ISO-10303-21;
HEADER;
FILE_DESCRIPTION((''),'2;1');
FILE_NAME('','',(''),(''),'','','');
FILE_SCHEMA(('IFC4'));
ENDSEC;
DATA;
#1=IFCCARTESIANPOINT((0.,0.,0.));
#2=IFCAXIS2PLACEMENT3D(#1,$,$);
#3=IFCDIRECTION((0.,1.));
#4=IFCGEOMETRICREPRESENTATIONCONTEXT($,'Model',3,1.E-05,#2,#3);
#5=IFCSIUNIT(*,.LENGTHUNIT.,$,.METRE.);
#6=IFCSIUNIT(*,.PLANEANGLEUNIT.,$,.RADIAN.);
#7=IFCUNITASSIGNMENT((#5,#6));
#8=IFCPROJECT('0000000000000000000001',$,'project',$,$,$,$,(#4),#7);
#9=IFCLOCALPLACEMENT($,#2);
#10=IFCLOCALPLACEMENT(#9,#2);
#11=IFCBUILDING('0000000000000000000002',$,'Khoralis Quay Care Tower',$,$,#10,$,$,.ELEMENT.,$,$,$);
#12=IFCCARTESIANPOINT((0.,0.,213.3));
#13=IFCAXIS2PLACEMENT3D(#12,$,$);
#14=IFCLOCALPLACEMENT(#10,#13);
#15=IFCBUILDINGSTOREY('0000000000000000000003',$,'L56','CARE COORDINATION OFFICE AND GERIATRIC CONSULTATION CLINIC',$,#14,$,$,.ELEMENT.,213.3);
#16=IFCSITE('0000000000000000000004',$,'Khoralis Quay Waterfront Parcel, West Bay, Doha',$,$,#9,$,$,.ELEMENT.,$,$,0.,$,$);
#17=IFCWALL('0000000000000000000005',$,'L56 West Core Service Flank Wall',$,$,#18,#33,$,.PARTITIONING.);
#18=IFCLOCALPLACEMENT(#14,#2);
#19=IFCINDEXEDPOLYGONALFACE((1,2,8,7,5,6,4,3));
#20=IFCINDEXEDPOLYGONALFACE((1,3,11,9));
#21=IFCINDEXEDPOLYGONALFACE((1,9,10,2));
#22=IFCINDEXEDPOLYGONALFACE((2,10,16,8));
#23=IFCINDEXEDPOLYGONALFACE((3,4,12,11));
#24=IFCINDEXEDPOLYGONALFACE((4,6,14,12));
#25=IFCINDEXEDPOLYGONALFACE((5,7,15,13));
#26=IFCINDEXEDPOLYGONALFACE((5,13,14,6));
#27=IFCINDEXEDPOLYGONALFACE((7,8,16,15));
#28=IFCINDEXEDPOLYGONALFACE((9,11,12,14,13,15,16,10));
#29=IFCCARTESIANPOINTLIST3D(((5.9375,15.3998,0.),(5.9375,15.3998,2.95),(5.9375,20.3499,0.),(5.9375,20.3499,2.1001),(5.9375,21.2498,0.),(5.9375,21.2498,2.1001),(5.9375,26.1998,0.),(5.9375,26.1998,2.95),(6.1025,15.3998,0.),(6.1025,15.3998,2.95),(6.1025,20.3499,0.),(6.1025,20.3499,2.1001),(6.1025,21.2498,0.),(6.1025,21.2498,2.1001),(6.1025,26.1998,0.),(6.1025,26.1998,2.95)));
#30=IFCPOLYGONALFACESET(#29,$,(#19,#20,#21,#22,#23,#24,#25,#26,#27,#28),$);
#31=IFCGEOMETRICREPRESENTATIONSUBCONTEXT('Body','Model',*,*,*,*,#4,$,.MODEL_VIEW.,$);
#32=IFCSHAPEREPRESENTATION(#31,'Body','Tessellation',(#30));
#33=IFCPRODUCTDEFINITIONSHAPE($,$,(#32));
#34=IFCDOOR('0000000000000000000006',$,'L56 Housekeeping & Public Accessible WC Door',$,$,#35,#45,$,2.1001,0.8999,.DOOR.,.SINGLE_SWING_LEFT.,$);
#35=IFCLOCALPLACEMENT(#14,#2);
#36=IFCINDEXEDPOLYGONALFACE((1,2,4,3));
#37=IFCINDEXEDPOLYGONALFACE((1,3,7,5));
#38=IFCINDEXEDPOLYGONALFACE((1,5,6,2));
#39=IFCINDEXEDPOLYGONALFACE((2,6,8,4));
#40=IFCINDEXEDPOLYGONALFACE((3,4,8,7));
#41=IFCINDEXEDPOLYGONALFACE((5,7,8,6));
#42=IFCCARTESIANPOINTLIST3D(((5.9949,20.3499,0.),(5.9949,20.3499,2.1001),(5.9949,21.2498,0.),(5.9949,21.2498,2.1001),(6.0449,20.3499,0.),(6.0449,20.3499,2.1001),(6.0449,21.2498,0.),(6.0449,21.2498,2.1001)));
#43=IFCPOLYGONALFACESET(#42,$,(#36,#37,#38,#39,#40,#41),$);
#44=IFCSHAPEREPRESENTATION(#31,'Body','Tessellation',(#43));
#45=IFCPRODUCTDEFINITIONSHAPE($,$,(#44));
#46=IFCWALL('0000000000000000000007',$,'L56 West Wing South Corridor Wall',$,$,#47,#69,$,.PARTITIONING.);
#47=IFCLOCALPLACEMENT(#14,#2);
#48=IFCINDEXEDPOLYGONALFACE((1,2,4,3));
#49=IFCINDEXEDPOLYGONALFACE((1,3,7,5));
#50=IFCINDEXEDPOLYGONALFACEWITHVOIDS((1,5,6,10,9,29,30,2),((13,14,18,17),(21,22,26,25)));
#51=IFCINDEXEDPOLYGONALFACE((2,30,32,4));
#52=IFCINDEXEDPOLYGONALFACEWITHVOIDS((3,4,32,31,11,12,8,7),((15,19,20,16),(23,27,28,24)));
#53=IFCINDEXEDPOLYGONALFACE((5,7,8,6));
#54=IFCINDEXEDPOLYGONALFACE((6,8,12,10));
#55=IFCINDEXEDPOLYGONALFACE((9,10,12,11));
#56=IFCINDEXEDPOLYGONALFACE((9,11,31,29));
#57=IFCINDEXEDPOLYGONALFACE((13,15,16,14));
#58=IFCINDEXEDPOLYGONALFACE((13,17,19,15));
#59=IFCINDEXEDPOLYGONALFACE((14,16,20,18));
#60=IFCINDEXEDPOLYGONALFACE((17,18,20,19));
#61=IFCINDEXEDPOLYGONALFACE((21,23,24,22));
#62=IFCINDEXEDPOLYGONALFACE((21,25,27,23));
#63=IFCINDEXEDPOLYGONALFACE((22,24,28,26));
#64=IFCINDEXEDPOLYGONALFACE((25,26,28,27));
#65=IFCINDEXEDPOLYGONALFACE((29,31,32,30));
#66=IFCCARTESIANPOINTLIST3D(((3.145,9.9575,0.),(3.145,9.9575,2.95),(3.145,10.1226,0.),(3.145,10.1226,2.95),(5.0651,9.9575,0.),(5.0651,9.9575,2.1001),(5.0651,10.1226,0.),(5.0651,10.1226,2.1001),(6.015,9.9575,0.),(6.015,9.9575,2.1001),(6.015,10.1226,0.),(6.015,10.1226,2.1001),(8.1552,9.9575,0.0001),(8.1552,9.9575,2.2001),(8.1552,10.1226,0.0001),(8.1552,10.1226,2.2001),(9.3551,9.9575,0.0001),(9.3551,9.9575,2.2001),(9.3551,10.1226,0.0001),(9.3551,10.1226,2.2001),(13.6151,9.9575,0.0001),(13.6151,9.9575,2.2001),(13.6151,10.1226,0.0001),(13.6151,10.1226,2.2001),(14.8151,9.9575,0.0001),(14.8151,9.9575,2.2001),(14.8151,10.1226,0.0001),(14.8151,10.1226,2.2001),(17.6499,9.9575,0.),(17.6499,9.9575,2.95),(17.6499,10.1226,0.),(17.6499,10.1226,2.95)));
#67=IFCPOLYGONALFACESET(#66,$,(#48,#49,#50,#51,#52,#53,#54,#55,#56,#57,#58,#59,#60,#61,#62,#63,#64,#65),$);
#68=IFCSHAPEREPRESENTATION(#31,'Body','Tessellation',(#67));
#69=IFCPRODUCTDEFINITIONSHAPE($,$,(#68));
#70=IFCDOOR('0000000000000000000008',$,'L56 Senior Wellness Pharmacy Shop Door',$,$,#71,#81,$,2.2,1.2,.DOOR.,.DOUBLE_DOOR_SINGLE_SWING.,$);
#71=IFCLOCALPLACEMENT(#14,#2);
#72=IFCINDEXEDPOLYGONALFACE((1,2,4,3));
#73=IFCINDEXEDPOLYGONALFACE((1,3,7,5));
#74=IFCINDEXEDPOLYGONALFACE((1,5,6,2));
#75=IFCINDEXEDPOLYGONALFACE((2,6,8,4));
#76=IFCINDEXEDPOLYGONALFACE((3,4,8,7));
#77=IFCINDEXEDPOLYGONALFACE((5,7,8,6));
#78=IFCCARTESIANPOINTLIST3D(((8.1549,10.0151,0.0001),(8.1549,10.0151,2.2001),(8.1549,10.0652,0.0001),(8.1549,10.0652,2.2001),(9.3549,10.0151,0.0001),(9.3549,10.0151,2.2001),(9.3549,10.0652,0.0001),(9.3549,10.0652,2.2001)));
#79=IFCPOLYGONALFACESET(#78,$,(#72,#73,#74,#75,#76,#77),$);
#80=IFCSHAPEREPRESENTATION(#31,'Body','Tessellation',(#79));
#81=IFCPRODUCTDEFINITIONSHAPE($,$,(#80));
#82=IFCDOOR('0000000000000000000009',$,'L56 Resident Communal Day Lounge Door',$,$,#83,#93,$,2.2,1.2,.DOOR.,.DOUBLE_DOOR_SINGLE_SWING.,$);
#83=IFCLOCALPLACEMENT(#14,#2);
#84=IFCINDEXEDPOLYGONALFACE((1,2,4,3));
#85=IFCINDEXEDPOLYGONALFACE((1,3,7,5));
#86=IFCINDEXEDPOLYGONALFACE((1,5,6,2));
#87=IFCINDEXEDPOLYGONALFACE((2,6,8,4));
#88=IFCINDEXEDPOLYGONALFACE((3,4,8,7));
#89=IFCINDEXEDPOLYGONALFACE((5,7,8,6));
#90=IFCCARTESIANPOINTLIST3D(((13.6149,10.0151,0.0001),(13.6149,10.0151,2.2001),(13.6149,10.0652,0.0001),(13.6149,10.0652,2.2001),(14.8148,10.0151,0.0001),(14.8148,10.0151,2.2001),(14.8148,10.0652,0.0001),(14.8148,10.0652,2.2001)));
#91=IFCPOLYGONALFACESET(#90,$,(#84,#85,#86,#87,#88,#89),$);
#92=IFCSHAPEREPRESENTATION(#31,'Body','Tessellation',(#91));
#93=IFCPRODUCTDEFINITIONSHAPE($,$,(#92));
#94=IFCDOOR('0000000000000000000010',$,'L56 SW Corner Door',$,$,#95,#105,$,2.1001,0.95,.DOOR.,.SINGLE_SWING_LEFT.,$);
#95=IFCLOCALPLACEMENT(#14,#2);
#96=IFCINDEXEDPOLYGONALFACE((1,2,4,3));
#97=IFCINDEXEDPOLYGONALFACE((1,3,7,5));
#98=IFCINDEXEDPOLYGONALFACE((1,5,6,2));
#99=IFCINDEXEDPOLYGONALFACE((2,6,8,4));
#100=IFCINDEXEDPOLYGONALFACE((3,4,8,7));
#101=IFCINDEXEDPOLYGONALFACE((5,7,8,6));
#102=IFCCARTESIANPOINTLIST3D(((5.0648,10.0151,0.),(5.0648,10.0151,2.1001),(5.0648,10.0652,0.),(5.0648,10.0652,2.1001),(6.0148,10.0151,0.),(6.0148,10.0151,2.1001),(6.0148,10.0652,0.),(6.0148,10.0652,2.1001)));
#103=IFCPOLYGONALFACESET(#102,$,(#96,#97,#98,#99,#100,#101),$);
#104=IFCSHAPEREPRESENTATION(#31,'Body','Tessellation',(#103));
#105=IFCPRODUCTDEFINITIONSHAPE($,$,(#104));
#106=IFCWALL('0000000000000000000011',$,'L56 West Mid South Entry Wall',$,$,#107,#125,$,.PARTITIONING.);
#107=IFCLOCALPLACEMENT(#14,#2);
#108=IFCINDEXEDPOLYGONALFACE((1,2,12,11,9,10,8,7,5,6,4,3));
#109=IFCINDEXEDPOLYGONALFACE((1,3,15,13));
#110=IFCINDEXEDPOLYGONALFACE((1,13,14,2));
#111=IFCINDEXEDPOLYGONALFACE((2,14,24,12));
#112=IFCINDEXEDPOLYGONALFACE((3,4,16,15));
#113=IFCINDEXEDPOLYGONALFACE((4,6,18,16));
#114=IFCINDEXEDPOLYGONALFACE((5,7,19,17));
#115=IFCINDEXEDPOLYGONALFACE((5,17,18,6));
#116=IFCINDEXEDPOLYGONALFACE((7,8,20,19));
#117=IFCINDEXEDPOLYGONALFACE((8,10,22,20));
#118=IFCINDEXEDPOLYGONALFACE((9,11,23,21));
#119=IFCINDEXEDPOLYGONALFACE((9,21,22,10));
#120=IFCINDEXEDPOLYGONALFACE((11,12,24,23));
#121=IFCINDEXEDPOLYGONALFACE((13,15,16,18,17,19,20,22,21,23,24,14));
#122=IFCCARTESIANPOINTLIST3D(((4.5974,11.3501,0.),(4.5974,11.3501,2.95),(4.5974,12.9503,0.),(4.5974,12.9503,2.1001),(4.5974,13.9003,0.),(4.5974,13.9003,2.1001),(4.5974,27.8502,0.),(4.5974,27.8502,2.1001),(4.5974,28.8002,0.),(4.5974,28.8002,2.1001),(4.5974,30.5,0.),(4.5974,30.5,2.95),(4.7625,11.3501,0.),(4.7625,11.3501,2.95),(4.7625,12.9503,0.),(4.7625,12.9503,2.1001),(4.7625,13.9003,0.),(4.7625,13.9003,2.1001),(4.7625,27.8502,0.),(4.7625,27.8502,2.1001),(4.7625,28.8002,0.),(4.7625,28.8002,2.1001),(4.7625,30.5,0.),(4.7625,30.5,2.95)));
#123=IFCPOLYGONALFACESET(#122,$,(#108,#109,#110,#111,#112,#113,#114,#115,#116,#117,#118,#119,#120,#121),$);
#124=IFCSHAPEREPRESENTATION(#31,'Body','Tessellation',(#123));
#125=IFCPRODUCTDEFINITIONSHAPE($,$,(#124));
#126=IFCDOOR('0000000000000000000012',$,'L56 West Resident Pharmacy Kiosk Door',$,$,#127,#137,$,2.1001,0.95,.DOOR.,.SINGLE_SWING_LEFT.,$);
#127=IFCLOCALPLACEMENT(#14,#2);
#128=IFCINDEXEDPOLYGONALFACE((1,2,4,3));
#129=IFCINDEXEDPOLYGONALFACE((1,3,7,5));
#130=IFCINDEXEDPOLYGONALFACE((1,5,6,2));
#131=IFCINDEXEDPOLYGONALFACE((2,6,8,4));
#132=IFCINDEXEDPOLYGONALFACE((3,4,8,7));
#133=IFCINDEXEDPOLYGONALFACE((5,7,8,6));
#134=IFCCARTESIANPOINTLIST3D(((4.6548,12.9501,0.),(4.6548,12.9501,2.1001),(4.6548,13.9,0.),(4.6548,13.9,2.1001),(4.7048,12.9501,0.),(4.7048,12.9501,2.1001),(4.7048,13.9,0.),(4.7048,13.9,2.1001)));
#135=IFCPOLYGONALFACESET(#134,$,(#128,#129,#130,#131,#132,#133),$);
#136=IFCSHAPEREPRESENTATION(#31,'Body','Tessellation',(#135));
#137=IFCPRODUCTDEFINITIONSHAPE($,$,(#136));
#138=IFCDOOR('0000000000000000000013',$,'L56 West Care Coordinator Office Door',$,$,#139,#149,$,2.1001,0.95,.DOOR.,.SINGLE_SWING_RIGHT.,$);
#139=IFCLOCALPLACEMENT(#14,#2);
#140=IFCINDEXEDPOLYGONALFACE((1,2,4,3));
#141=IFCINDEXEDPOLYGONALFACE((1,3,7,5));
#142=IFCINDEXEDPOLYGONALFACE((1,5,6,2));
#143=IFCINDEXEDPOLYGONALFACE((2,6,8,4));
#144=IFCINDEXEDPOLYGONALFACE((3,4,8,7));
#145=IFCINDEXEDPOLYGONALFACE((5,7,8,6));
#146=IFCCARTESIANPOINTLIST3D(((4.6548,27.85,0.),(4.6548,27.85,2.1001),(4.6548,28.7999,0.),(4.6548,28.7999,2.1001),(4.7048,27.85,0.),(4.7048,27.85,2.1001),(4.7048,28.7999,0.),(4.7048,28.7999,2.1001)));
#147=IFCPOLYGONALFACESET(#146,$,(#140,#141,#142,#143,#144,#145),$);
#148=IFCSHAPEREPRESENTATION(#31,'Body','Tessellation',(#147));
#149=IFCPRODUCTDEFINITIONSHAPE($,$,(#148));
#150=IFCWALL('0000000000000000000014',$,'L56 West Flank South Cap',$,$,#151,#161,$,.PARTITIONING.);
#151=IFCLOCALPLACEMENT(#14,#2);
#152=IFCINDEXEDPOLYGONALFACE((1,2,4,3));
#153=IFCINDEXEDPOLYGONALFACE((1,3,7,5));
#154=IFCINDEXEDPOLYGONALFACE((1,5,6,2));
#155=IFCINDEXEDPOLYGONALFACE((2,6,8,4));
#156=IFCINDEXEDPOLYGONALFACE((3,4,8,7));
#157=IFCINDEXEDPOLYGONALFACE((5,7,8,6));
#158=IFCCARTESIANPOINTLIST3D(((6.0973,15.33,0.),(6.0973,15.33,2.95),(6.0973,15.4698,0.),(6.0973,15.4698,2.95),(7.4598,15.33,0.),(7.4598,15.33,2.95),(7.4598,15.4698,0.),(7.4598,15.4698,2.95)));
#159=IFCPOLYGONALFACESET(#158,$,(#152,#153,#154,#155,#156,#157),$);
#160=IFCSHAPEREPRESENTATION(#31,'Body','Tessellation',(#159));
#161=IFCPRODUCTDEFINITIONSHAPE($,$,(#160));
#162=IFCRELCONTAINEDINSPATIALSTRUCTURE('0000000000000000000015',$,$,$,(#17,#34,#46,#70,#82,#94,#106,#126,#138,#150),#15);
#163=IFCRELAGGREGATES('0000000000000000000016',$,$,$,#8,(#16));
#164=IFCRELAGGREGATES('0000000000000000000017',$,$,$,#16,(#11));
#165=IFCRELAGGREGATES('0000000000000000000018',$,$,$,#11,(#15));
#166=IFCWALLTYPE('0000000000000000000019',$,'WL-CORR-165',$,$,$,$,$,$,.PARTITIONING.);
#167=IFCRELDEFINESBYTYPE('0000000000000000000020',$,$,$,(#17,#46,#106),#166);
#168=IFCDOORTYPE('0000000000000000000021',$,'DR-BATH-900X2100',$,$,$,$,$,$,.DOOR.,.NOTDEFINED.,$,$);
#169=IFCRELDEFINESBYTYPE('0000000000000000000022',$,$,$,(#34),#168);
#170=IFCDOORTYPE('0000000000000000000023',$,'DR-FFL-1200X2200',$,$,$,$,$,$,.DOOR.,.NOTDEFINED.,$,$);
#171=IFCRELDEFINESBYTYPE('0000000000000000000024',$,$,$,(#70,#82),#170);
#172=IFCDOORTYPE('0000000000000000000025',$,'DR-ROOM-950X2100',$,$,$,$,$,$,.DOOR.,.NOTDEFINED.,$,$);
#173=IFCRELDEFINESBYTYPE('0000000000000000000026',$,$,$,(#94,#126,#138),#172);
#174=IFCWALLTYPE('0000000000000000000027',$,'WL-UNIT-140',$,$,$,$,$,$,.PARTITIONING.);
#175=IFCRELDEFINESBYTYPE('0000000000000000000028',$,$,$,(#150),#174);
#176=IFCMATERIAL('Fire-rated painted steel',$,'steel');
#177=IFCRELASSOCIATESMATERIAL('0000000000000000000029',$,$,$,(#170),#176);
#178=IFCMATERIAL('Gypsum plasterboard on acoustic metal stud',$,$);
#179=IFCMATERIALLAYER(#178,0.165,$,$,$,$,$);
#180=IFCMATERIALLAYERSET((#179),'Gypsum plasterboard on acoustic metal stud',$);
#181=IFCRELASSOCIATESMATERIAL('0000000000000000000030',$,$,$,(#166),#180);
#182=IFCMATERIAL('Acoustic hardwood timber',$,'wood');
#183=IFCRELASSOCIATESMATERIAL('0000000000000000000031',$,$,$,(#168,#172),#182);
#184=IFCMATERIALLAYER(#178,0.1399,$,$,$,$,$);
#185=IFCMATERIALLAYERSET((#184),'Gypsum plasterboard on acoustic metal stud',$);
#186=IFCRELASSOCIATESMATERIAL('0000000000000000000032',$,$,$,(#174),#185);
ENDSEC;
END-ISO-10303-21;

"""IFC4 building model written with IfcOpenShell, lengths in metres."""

from ifc_helpers import new_model, si_unit, direction, frame, frame_2d, origin, place, context, subcontext, project, spatial, rectangle, extrude, source, transform, mapped, material, layer, layer_set, type_object, element, fill, save


model = new_model("IFC4")

# Units and contexts
model_context = context("Model", 3, precision=1e-05, world=origin(), true_north=direction((0.0, 1.0)))
body_context = subcontext(model_context, "Body", "Model", "MODEL_VIEW")
ifc_project = project(units=[si_unit("LENGTHUNIT", "METRE"), si_unit("PLANEANGLEUNIT", "RADIAN")], contexts=[model_context])

# Site, building, storey
site_placement = place(None, origin())
site = spatial("IfcSite", under=ifc_project, at=site_placement, Name="Khoralis Quay Waterfront Parcel, West Bay, Doha", CompositionType="ELEMENT", RefElevation=0.0)
building_placement = place(site_placement, origin())
building = spatial("IfcBuilding", under=site, at=building_placement, Name="Khoralis Quay Care Tower", CompositionType="ELEMENT")
storey_placement = place(building_placement, frame((0.0, 0.0, 213.3)))
storey = spatial("IfcBuildingStorey", under=building, at=storey_placement, Name="L56", Description="CARE COORDINATION OFFICE AND GERIATRIC CONSULTATION CLINIC", CompositionType="ELEMENT", Elevation=213.3)

# Shared definitions
ifc_material_1 = material(Name="Gypsum plasterboard on acoustic metal stud")
ifc_material_2 = material(Name="Fire-rated painted steel", Category="steel")
door_type_1 = type_object("IfcDoorType", Name="DR-FFL-1200X2200", OperationType="NOTDEFINED", PredefinedType="DOOR", material=ifc_material_2)
shared_shape_1 = source(origin(), body_context, "Body", "SweptSolid", [
    extrude(rectangle(XDim=1.2, YDim=2.2, at=frame_2d((0.6001, 1.1001))), frame((0.0, 0.0249, 0.0), z_axis=(0.0, -1.0, 0.0), x_axis=(1.0, 0.0, 0.0)), (0.0, 0.0, 1.0), 0.05),
])

# Wall, opening, door
ifc_layer_1 = layer(ifc_material_1, 0.165)
ifc_layer_set_1 = layer_set([ifc_layer_1], Name="Gypsum plasterboard on acoustic metal stud")
wall_type_1 = type_object("IfcWallType", Name="WL-CORR-165", PredefinedType="PARTITIONING", material=ifc_layer_set_1)
wall_1_placement = place(storey_placement, frame((6.02, 15.3999, 0.0), z_axis=(0.0, 0.0, 1.0), x_axis=(0.0, 1.0, 0.0)))
wall_1 = element("IfcWall", 1, at=wall_1_placement, inside=storey, type_object=wall_type_1, Name="L56 West Core Service Flank Wall", PredefinedType="PARTITIONING", context=body_context, shape_type="SweptSolid", body=[
    extrude(rectangle(XDim=10.8, YDim=0.165, at=frame_2d((5.3999, 0.0))), origin(), (0.0, 0.0, 1.0), 2.95),
])
opening_1_placement = place(wall_1_placement, frame((4.95, 0.0, 0.0)))
opening_1 = element("IfcOpeningElement", 2, at=opening_1_placement, cuts=wall_1, PredefinedType="OPENING", context=body_context, shape_type="SweptSolid", body=[
    extrude(rectangle(XDim=0.8999, YDim=2.1001, at=frame_2d((0.45, 1.05))), frame((0.0, 0.0925, 0.0), z_axis=(0.0, -1.0, 0.0), x_axis=(1.0, 0.0, 0.0)), (0.0, 0.0, 1.0), 0.1851),
])
ifc_material_3 = material(Name="Acoustic hardwood timber", Category="wood")
door_type_2 = type_object("IfcDoorType", Name="DR-BATH-900X2100", OperationType="NOTDEFINED", PredefinedType="DOOR", material=ifc_material_3)
shared_shape_2 = source(origin(), body_context, "Body", "SweptSolid", [
    extrude(rectangle(XDim=0.8999, YDim=2.1001, at=frame_2d((0.45, 1.05))), frame((0.0, 0.0249, 0.0), z_axis=(0.0, -1.0, 0.0), x_axis=(1.0, 0.0, 0.0)), (0.0, 0.0, 1.0), 0.05),
])
door_1_placement = place(opening_1_placement, frame((0.8999, 0.0, 0.0), z_axis=(0.0, 0.0, 1.0), x_axis=(-1.0, 0.0, 0.0)))
door_1 = element("IfcDoor", 3, at=door_1_placement, inside=storey, type_object=door_type_2, Name="L56 Housekeeping & Public Accessible WC Door", OperationType="SINGLE_SWING_LEFT", OverallHeight=2.1001, OverallWidth=0.8999, PredefinedType="DOOR", context=body_context, shape_type="MappedRepresentation", body=[
    mapped(shared_shape_2, transform((0.0, 0.0, 0.0), scale=1.0)),
])
fill(opening_1, door_1)

# Walls, openings, doors
wall_2_placement = place(storey_placement, frame((3.145, 10.04, 0.0), z_axis=(0.0, 0.0, 1.0), x_axis=(1.0, 0.0, 0.0)))
wall_2 = element("IfcWall", 4, at=wall_2_placement, inside=storey, type_object=wall_type_1, Name="L56 West Wing South Corridor Wall", PredefinedType="PARTITIONING", context=body_context, shape_type="SweptSolid", body=[
    extrude(rectangle(XDim=14.5049, YDim=0.165, at=frame_2d((7.2524, 0.0))), origin(), (0.0, 0.0, 1.0), 2.95),
])
opening_2_placement = place(wall_2_placement, frame((5.01, 0.0, 0.0)))
opening_2 = element("IfcOpeningElement", 5, at=opening_2_placement, cuts=wall_2, PredefinedType="OPENING", context=body_context, shape_type="SweptSolid", body=[
    extrude(rectangle(XDim=1.2, YDim=2.2, at=frame_2d((0.6001, 1.1001))), frame((0.0, 0.0925, 0.0), z_axis=(0.0, -1.0, 0.0), x_axis=(1.0, 0.0, 0.0)), (0.0, 0.0, 1.0), 0.1851),
])
opening_3_placement = place(wall_2_placement, frame((10.47, 0.0, 0.0)))
opening_3 = element("IfcOpeningElement", 6, at=opening_3_placement, cuts=wall_2, PredefinedType="OPENING", context=body_context, shape_type="SweptSolid", body=[
    extrude(rectangle(XDim=1.2, YDim=2.2, at=frame_2d((0.6001, 1.1001))), frame((0.0, 0.0925, 0.0), z_axis=(0.0, -1.0, 0.0), x_axis=(1.0, 0.0, 0.0)), (0.0, 0.0, 1.0), 0.1851),
])
opening_4_placement = place(wall_2_placement, frame((1.9199, 0.0, 0.0)))
opening_4 = element("IfcOpeningElement", 7, at=opening_4_placement, cuts=wall_2, PredefinedType="OPENING", context=body_context, shape_type="SweptSolid", body=[
    extrude(rectangle(XDim=0.95, YDim=2.1001, at=frame_2d((0.4751, 1.05))), frame((0.0, 0.0925, 0.0), z_axis=(0.0, -1.0, 0.0), x_axis=(1.0, 0.0, 0.0)), (0.0, 0.0, 1.0), 0.1851),
])
door_2_placement = place(opening_2_placement, frame((1.2, 0.0, 0.0), z_axis=(0.0, 0.0, 1.0), x_axis=(-1.0, 0.0, 0.0)))
door_2 = element("IfcDoor", 8, at=door_2_placement, inside=storey, type_object=door_type_1, Name="L56 Senior Wellness Pharmacy Shop Door", OperationType="DOUBLE_DOOR_SINGLE_SWING", OverallHeight=2.2, OverallWidth=1.2, PredefinedType="DOOR", context=body_context, shape_type="MappedRepresentation", body=[
    mapped(shared_shape_1, transform((0.0, 0.0, 0.0), scale=1.0)),
])
fill(opening_2, door_2)
door_3_placement = place(opening_3_placement, frame((1.2, 0.0, 0.0), z_axis=(0.0, 0.0, 1.0), x_axis=(-1.0, 0.0, 0.0)))
door_3 = element("IfcDoor", 9, at=door_3_placement, inside=storey, type_object=door_type_1, Name="L56 Resident Communal Day Lounge Door", OperationType="DOUBLE_DOOR_SINGLE_SWING", OverallHeight=2.2, OverallWidth=1.2, PredefinedType="DOOR", context=body_context, shape_type="MappedRepresentation", body=[
    mapped(shared_shape_1, transform((0.0, 0.0, 0.0), scale=1.0)),
])
fill(opening_3, door_3)
door_type_3 = type_object("IfcDoorType", Name="DR-ROOM-950X2100", OperationType="NOTDEFINED", PredefinedType="DOOR", material=ifc_material_3)
shared_shape_3 = source(origin(), body_context, "Body", "SweptSolid", [
    extrude(rectangle(XDim=0.95, YDim=2.1001, at=frame_2d((0.4751, 1.05))), frame((0.0, 0.0249, 0.0), z_axis=(0.0, -1.0, 0.0), x_axis=(1.0, 0.0, 0.0)), (0.0, 0.0, 1.0), 0.05),
])
door_4_placement = place(opening_4_placement, frame((0.95, 0.0, 0.0), z_axis=(0.0, 0.0, 1.0), x_axis=(-1.0, 0.0, 0.0)))
door_4 = element("IfcDoor", 10, at=door_4_placement, inside=storey, type_object=door_type_3, Name="L56 SW Corner Door", OperationType="SINGLE_SWING_LEFT", OverallHeight=2.1001, OverallWidth=0.95, PredefinedType="DOOR", context=body_context, shape_type="MappedRepresentation", body=[
    mapped(shared_shape_3, transform((0.0, 0.0, 0.0), scale=1.0)),
])
fill(opening_4, door_4)
wall_3_placement = place(storey_placement, frame((4.6799, 11.3501, 0.0), z_axis=(0.0, 0.0, 1.0), x_axis=(0.0, 1.0, 0.0)))
wall_3 = element("IfcWall", 11, at=wall_3_placement, inside=storey, type_object=wall_type_1, Name="L56 West Mid South Entry Wall", PredefinedType="PARTITIONING", context=body_context, shape_type="SweptSolid", body=[
    extrude(rectangle(XDim=19.1499, YDim=0.165, at=frame_2d((9.575, 0.0))), origin(), (0.0, 0.0, 1.0), 2.95),
])
opening_5_placement = place(wall_3_placement, frame((1.6001, 0.0, 0.0)))
opening_5 = element("IfcOpeningElement", 12, at=opening_5_placement, cuts=wall_3, PredefinedType="OPENING", context=body_context, shape_type="SweptSolid", body=[
    extrude(rectangle(XDim=0.95, YDim=2.1001, at=frame_2d((0.4751, 1.05))), frame((0.0, 0.0925, 0.0), z_axis=(0.0, -1.0, 0.0), x_axis=(1.0, 0.0, 0.0)), (0.0, 0.0, 1.0), 0.1851),
])
opening_6_placement = place(wall_3_placement, frame((16.5, 0.0, 0.0)))
opening_6 = element("IfcOpeningElement", 13, at=opening_6_placement, cuts=wall_3, PredefinedType="OPENING", context=body_context, shape_type="SweptSolid", body=[
    extrude(rectangle(XDim=0.95, YDim=2.1001, at=frame_2d((0.4751, 1.05))), frame((0.0, 0.0925, 0.0), z_axis=(0.0, -1.0, 0.0), x_axis=(1.0, 0.0, 0.0)), (0.0, 0.0, 1.0), 0.1851),
])
door_5_placement = place(opening_5_placement, frame((0.95, 0.0, 0.0), z_axis=(0.0, 0.0, 1.0), x_axis=(-1.0, 0.0, 0.0)))
door_5 = element("IfcDoor", 14, at=door_5_placement, inside=storey, type_object=door_type_3, Name="L56 West Resident Pharmacy Kiosk Door", OperationType="SINGLE_SWING_LEFT", OverallHeight=2.1001, OverallWidth=0.95, PredefinedType="DOOR", context=body_context, shape_type="MappedRepresentation", body=[
    mapped(shared_shape_3, transform((0.0, 0.0, 0.0), scale=1.0)),
])
fill(opening_5, door_5)
door_6_placement = place(opening_6_placement, frame((0.95, 0.0, 0.0), z_axis=(0.0, 0.0, 1.0), x_axis=(-1.0, 0.0, 0.0)))
door_6 = element("IfcDoor", 15, at=door_6_placement, inside=storey, type_object=door_type_3, Name="L56 West Care Coordinator Office Door", OperationType="SINGLE_SWING_RIGHT", OverallHeight=2.1001, OverallWidth=0.95, PredefinedType="DOOR", context=body_context, shape_type="MappedRepresentation", body=[
    mapped(shared_shape_3, transform((0.0, 0.0, 0.0), scale=1.0)),
])
fill(opening_6, door_6)

# Wall
ifc_layer_2 = layer(ifc_material_1, 0.1399)
ifc_layer_set_2 = layer_set([ifc_layer_2], Name="Gypsum plasterboard on acoustic metal stud")
wall_type_2 = type_object("IfcWallType", Name="WL-UNIT-140", PredefinedType="PARTITIONING", material=ifc_layer_set_2)
wall_4_placement = place(storey_placement, frame((6.0974, 15.3999, 0.0), z_axis=(0.0, 0.0, 1.0), x_axis=(1.0, 0.0, 0.0)))
element("IfcWall", 16, at=wall_4_placement, inside=storey, type_object=wall_type_2, Name="L56 West Flank South Cap", PredefinedType="PARTITIONING", context=body_context, shape_type="SweptSolid", body=[
    extrude(rectangle(XDim=1.3625, YDim=0.1399, at=frame_2d((0.6812, 0.0))), origin(), (0.0, 0.0, 1.0), 2.95),
])

save(model, "model.ifc")
